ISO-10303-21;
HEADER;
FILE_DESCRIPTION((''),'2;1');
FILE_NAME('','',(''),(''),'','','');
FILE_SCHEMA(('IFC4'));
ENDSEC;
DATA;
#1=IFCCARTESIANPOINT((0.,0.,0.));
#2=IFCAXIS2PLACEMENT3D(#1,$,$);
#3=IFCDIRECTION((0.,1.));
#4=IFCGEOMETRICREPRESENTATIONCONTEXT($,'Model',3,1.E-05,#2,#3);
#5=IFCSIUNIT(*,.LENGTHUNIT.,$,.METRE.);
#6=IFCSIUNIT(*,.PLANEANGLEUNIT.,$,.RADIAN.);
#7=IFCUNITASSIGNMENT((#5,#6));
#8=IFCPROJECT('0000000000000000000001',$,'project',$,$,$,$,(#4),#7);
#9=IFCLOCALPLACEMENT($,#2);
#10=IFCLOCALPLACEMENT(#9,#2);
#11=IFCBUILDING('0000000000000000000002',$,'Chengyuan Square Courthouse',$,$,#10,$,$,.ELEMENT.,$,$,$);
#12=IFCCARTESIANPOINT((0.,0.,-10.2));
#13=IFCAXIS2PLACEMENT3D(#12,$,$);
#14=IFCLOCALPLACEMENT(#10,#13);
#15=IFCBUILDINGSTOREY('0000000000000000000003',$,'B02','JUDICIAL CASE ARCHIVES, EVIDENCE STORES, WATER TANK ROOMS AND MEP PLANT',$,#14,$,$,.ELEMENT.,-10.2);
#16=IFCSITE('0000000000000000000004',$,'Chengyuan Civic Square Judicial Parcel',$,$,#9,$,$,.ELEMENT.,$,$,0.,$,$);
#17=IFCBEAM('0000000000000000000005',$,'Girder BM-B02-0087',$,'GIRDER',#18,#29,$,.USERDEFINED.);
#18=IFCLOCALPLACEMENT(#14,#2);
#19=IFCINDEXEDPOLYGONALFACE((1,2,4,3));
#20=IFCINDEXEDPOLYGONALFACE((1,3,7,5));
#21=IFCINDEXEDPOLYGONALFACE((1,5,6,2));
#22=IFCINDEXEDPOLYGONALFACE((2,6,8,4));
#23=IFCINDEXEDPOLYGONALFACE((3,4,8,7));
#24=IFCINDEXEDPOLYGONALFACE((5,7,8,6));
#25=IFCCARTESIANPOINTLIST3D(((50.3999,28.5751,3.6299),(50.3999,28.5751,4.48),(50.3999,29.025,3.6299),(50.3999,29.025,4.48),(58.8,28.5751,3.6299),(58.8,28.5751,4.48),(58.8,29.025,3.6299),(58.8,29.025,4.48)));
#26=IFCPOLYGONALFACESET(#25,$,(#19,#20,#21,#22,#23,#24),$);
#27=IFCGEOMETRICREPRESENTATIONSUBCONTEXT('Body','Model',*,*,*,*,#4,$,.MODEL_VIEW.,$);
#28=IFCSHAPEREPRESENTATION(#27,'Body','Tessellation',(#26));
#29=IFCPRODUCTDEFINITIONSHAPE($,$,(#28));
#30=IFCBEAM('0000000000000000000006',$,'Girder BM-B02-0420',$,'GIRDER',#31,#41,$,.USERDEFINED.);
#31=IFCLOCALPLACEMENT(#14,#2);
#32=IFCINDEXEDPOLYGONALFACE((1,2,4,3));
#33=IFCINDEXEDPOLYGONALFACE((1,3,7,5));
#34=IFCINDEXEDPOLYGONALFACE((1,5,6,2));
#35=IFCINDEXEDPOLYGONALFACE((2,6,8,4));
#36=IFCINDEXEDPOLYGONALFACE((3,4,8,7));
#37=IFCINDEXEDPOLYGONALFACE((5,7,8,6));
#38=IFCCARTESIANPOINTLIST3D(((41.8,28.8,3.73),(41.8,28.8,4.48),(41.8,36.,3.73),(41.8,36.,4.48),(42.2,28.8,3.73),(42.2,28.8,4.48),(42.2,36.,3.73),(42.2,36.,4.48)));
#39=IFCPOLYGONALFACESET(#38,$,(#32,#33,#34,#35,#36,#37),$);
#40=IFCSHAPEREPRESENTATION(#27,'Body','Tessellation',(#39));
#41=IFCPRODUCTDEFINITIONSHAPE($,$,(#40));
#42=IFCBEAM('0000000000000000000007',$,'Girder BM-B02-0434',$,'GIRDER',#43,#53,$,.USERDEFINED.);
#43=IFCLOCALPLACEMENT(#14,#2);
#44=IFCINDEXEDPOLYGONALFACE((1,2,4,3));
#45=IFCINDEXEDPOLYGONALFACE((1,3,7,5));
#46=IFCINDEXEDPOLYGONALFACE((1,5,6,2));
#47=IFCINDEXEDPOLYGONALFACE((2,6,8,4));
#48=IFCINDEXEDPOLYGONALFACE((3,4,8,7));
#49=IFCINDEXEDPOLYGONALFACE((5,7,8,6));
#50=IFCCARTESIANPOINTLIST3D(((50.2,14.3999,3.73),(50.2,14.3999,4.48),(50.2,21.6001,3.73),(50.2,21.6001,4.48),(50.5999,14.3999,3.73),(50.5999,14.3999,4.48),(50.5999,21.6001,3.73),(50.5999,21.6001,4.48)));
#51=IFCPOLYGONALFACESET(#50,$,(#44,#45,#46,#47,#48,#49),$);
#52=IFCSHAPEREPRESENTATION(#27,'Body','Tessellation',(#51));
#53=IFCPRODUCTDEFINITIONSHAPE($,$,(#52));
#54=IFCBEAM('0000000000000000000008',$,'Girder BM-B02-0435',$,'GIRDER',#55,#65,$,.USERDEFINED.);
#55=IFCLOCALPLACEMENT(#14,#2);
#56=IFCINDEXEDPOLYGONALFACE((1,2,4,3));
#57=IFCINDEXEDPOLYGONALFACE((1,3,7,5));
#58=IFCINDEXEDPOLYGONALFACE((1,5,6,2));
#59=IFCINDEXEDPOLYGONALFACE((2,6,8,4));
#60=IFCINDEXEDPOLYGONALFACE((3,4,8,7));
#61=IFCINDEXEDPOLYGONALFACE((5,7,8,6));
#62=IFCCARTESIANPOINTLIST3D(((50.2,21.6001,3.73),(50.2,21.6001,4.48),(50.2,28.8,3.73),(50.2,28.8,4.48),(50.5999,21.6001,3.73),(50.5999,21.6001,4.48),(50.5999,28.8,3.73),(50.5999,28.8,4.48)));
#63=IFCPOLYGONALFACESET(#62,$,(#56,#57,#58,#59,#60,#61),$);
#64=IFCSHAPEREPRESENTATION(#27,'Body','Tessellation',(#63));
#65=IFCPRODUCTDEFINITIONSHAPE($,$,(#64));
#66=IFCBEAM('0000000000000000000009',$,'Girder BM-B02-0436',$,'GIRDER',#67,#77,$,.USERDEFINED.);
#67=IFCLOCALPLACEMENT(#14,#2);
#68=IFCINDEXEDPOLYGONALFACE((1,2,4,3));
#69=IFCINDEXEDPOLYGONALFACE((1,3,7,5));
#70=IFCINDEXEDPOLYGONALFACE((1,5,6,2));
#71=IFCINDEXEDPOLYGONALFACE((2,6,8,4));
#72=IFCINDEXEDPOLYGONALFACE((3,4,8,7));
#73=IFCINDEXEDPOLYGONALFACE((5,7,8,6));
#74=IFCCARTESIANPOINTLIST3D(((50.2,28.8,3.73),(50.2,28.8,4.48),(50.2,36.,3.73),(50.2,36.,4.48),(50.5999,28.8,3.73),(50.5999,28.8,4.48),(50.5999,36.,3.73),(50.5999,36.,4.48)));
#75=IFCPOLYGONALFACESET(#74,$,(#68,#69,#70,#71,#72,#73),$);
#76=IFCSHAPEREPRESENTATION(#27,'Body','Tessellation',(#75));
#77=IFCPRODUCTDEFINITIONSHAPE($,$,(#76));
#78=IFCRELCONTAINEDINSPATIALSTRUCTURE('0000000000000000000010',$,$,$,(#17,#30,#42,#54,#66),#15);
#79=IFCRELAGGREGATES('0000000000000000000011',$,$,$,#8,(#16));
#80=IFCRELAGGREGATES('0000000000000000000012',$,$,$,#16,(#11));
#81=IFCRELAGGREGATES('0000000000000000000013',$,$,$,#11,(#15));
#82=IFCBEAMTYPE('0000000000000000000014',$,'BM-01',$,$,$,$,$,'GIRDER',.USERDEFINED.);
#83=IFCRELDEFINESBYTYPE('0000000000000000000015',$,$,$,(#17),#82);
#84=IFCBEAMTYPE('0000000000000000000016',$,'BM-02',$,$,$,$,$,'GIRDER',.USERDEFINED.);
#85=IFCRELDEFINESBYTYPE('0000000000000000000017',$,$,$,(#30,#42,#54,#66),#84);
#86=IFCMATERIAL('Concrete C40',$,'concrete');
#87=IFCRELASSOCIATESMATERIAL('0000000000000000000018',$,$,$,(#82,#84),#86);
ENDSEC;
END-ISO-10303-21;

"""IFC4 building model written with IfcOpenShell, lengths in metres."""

from ifc_helpers import new_model, si_unit, direction, frame, origin, origin_2d, place, context, subcontext, project, spatial, rectangle, extrude, material, material_profile, profile_set, type_object, element, save


model = new_model("IFC4")

# Units and contexts
model_context = context("Model", 3, precision=1e-05, world=origin(), true_north=direction((0.0, 1.0)))
body_context = subcontext(model_context, "Body", "Model", "MODEL_VIEW")
ifc_project = project(units=[si_unit("LENGTHUNIT", "METRE"), si_unit("PLANEANGLEUNIT", "RADIAN")], contexts=[model_context])

# Site, building, storey
site_placement = place(None, origin())
site = spatial("IfcSite", under=ifc_project, at=site_placement, Name="Chengyuan Civic Square Judicial Parcel", CompositionType="ELEMENT", RefElevation=0.0)
building_placement = place(site_placement, origin())
building = spatial("IfcBuilding", under=site, at=building_placement, Name="Chengyuan Square Courthouse", CompositionType="ELEMENT")
storey_placement = place(building_placement, frame((0.0, 0.0, -10.2)))
storey = spatial("IfcBuildingStorey", under=building, at=storey_placement, Name="B02", Description="JUDICIAL CASE ARCHIVES, EVIDENCE STORES, WATER TANK ROOMS AND MEP PLANT", CompositionType="ELEMENT", Elevation=-10.2)

# Shared definitions
ifc_material_1 = material(Name="Concrete C40", Category="concrete")

# Beams
ifc_material_profile_1 = material_profile(ifc_material_1, rectangle(XDim=0.45, YDim=0.8501, at=origin_2d()), Name="RC-BM-450x850")
ifc_profile_set_1 = profile_set([ifc_material_profile_1], Name="Concrete C40")
beam_type_1 = type_object("IfcBeamType", Name="BM-01", ElementType="GIRDER", PredefinedType="USERDEFINED", material=ifc_profile_set_1)
beam_1_placement = place(storey_placement, frame((50.3999, 28.8, 4.0549), z_axis=(1.0, 0.0, 0.0), x_axis=(0.0, 1.0, 0.0)))
element("IfcBeam", 1, at=beam_1_placement, inside=storey, type_object=beam_type_1, Name="Girder BM-B02-0087", ObjectType="GIRDER", PredefinedType="USERDEFINED", context=body_context, shape_type="SweptSolid", body=[
    extrude(rectangle(XDim=0.45, YDim=0.8501, at=origin_2d()), origin(), (0.0, 0.0, 1.0), 8.4001),
])
ifc_material_profile_2 = material_profile(ifc_material_1, rectangle(XDim=0.3999, YDim=0.75, at=origin_2d()), Name="RC-BM-400x750")
ifc_profile_set_2 = profile_set([ifc_material_profile_2], Name="Concrete C40")
beam_type_2 = type_object("IfcBeamType", Name="BM-02", ElementType="GIRDER", PredefinedType="USERDEFINED", material=ifc_profile_set_2)
beam_2_placement = place(storey_placement, frame((42.0, 28.8, 4.105), z_axis=(0.0, 1.0, 0.0), x_axis=(-1.0, 0.0, 0.0)))
element("IfcBeam", 2, at=beam_2_placement, inside=storey, type_object=beam_type_2, Name="Girder BM-B02-0420", ObjectType="GIRDER", PredefinedType="USERDEFINED", context=body_context, shape_type="SweptSolid", body=[
    extrude(rectangle(XDim=0.3999, YDim=0.75, at=origin_2d()), origin(), (0.0, 0.0, 1.0), 7.2),
])
beam_3_placement = place(storey_placement, frame((50.3999, 14.3999, 4.105), z_axis=(0.0, 1.0, 0.0), x_axis=(-1.0, 0.0, 0.0)))
element("IfcBeam", 3, at=beam_3_placement, inside=storey, type_object=beam_type_2, Name="Girder BM-B02-0434", ObjectType="GIRDER", PredefinedType="USERDEFINED", context=body_context, shape_type="SweptSolid", body=[
    extrude(rectangle(XDim=0.3999, YDim=0.75, at=origin_2d()), origin(), (0.0, 0.0, 1.0), 7.2002),
])
for number, where, z_axis, x_axis, name in (
    (4, (50.3999, 21.6001, 4.105), (0.0, 1.0, 0.0), (-1.0, 0.0, 0.0), "Girder BM-B02-0435"),
    (5, (50.3999, 28.8, 4.105), (0.0, 1.0, 0.0), (-1.0, 0.0, 0.0), "Girder BM-B02-0436"),
):
    element("IfcBeam", number, at=place(storey_placement, frame(where, z_axis=z_axis, x_axis=x_axis)), inside=storey, type_object=beam_type_2, Name=name, ObjectType="GIRDER", PredefinedType="USERDEFINED", context=body_context, shape_type="SweptSolid", body=[
        extrude(rectangle(XDim=0.3999, YDim=0.75, at=origin_2d()), origin(), (0.0, 0.0, 1.0), 7.2),
    ])

save(model, "model.ifc")
